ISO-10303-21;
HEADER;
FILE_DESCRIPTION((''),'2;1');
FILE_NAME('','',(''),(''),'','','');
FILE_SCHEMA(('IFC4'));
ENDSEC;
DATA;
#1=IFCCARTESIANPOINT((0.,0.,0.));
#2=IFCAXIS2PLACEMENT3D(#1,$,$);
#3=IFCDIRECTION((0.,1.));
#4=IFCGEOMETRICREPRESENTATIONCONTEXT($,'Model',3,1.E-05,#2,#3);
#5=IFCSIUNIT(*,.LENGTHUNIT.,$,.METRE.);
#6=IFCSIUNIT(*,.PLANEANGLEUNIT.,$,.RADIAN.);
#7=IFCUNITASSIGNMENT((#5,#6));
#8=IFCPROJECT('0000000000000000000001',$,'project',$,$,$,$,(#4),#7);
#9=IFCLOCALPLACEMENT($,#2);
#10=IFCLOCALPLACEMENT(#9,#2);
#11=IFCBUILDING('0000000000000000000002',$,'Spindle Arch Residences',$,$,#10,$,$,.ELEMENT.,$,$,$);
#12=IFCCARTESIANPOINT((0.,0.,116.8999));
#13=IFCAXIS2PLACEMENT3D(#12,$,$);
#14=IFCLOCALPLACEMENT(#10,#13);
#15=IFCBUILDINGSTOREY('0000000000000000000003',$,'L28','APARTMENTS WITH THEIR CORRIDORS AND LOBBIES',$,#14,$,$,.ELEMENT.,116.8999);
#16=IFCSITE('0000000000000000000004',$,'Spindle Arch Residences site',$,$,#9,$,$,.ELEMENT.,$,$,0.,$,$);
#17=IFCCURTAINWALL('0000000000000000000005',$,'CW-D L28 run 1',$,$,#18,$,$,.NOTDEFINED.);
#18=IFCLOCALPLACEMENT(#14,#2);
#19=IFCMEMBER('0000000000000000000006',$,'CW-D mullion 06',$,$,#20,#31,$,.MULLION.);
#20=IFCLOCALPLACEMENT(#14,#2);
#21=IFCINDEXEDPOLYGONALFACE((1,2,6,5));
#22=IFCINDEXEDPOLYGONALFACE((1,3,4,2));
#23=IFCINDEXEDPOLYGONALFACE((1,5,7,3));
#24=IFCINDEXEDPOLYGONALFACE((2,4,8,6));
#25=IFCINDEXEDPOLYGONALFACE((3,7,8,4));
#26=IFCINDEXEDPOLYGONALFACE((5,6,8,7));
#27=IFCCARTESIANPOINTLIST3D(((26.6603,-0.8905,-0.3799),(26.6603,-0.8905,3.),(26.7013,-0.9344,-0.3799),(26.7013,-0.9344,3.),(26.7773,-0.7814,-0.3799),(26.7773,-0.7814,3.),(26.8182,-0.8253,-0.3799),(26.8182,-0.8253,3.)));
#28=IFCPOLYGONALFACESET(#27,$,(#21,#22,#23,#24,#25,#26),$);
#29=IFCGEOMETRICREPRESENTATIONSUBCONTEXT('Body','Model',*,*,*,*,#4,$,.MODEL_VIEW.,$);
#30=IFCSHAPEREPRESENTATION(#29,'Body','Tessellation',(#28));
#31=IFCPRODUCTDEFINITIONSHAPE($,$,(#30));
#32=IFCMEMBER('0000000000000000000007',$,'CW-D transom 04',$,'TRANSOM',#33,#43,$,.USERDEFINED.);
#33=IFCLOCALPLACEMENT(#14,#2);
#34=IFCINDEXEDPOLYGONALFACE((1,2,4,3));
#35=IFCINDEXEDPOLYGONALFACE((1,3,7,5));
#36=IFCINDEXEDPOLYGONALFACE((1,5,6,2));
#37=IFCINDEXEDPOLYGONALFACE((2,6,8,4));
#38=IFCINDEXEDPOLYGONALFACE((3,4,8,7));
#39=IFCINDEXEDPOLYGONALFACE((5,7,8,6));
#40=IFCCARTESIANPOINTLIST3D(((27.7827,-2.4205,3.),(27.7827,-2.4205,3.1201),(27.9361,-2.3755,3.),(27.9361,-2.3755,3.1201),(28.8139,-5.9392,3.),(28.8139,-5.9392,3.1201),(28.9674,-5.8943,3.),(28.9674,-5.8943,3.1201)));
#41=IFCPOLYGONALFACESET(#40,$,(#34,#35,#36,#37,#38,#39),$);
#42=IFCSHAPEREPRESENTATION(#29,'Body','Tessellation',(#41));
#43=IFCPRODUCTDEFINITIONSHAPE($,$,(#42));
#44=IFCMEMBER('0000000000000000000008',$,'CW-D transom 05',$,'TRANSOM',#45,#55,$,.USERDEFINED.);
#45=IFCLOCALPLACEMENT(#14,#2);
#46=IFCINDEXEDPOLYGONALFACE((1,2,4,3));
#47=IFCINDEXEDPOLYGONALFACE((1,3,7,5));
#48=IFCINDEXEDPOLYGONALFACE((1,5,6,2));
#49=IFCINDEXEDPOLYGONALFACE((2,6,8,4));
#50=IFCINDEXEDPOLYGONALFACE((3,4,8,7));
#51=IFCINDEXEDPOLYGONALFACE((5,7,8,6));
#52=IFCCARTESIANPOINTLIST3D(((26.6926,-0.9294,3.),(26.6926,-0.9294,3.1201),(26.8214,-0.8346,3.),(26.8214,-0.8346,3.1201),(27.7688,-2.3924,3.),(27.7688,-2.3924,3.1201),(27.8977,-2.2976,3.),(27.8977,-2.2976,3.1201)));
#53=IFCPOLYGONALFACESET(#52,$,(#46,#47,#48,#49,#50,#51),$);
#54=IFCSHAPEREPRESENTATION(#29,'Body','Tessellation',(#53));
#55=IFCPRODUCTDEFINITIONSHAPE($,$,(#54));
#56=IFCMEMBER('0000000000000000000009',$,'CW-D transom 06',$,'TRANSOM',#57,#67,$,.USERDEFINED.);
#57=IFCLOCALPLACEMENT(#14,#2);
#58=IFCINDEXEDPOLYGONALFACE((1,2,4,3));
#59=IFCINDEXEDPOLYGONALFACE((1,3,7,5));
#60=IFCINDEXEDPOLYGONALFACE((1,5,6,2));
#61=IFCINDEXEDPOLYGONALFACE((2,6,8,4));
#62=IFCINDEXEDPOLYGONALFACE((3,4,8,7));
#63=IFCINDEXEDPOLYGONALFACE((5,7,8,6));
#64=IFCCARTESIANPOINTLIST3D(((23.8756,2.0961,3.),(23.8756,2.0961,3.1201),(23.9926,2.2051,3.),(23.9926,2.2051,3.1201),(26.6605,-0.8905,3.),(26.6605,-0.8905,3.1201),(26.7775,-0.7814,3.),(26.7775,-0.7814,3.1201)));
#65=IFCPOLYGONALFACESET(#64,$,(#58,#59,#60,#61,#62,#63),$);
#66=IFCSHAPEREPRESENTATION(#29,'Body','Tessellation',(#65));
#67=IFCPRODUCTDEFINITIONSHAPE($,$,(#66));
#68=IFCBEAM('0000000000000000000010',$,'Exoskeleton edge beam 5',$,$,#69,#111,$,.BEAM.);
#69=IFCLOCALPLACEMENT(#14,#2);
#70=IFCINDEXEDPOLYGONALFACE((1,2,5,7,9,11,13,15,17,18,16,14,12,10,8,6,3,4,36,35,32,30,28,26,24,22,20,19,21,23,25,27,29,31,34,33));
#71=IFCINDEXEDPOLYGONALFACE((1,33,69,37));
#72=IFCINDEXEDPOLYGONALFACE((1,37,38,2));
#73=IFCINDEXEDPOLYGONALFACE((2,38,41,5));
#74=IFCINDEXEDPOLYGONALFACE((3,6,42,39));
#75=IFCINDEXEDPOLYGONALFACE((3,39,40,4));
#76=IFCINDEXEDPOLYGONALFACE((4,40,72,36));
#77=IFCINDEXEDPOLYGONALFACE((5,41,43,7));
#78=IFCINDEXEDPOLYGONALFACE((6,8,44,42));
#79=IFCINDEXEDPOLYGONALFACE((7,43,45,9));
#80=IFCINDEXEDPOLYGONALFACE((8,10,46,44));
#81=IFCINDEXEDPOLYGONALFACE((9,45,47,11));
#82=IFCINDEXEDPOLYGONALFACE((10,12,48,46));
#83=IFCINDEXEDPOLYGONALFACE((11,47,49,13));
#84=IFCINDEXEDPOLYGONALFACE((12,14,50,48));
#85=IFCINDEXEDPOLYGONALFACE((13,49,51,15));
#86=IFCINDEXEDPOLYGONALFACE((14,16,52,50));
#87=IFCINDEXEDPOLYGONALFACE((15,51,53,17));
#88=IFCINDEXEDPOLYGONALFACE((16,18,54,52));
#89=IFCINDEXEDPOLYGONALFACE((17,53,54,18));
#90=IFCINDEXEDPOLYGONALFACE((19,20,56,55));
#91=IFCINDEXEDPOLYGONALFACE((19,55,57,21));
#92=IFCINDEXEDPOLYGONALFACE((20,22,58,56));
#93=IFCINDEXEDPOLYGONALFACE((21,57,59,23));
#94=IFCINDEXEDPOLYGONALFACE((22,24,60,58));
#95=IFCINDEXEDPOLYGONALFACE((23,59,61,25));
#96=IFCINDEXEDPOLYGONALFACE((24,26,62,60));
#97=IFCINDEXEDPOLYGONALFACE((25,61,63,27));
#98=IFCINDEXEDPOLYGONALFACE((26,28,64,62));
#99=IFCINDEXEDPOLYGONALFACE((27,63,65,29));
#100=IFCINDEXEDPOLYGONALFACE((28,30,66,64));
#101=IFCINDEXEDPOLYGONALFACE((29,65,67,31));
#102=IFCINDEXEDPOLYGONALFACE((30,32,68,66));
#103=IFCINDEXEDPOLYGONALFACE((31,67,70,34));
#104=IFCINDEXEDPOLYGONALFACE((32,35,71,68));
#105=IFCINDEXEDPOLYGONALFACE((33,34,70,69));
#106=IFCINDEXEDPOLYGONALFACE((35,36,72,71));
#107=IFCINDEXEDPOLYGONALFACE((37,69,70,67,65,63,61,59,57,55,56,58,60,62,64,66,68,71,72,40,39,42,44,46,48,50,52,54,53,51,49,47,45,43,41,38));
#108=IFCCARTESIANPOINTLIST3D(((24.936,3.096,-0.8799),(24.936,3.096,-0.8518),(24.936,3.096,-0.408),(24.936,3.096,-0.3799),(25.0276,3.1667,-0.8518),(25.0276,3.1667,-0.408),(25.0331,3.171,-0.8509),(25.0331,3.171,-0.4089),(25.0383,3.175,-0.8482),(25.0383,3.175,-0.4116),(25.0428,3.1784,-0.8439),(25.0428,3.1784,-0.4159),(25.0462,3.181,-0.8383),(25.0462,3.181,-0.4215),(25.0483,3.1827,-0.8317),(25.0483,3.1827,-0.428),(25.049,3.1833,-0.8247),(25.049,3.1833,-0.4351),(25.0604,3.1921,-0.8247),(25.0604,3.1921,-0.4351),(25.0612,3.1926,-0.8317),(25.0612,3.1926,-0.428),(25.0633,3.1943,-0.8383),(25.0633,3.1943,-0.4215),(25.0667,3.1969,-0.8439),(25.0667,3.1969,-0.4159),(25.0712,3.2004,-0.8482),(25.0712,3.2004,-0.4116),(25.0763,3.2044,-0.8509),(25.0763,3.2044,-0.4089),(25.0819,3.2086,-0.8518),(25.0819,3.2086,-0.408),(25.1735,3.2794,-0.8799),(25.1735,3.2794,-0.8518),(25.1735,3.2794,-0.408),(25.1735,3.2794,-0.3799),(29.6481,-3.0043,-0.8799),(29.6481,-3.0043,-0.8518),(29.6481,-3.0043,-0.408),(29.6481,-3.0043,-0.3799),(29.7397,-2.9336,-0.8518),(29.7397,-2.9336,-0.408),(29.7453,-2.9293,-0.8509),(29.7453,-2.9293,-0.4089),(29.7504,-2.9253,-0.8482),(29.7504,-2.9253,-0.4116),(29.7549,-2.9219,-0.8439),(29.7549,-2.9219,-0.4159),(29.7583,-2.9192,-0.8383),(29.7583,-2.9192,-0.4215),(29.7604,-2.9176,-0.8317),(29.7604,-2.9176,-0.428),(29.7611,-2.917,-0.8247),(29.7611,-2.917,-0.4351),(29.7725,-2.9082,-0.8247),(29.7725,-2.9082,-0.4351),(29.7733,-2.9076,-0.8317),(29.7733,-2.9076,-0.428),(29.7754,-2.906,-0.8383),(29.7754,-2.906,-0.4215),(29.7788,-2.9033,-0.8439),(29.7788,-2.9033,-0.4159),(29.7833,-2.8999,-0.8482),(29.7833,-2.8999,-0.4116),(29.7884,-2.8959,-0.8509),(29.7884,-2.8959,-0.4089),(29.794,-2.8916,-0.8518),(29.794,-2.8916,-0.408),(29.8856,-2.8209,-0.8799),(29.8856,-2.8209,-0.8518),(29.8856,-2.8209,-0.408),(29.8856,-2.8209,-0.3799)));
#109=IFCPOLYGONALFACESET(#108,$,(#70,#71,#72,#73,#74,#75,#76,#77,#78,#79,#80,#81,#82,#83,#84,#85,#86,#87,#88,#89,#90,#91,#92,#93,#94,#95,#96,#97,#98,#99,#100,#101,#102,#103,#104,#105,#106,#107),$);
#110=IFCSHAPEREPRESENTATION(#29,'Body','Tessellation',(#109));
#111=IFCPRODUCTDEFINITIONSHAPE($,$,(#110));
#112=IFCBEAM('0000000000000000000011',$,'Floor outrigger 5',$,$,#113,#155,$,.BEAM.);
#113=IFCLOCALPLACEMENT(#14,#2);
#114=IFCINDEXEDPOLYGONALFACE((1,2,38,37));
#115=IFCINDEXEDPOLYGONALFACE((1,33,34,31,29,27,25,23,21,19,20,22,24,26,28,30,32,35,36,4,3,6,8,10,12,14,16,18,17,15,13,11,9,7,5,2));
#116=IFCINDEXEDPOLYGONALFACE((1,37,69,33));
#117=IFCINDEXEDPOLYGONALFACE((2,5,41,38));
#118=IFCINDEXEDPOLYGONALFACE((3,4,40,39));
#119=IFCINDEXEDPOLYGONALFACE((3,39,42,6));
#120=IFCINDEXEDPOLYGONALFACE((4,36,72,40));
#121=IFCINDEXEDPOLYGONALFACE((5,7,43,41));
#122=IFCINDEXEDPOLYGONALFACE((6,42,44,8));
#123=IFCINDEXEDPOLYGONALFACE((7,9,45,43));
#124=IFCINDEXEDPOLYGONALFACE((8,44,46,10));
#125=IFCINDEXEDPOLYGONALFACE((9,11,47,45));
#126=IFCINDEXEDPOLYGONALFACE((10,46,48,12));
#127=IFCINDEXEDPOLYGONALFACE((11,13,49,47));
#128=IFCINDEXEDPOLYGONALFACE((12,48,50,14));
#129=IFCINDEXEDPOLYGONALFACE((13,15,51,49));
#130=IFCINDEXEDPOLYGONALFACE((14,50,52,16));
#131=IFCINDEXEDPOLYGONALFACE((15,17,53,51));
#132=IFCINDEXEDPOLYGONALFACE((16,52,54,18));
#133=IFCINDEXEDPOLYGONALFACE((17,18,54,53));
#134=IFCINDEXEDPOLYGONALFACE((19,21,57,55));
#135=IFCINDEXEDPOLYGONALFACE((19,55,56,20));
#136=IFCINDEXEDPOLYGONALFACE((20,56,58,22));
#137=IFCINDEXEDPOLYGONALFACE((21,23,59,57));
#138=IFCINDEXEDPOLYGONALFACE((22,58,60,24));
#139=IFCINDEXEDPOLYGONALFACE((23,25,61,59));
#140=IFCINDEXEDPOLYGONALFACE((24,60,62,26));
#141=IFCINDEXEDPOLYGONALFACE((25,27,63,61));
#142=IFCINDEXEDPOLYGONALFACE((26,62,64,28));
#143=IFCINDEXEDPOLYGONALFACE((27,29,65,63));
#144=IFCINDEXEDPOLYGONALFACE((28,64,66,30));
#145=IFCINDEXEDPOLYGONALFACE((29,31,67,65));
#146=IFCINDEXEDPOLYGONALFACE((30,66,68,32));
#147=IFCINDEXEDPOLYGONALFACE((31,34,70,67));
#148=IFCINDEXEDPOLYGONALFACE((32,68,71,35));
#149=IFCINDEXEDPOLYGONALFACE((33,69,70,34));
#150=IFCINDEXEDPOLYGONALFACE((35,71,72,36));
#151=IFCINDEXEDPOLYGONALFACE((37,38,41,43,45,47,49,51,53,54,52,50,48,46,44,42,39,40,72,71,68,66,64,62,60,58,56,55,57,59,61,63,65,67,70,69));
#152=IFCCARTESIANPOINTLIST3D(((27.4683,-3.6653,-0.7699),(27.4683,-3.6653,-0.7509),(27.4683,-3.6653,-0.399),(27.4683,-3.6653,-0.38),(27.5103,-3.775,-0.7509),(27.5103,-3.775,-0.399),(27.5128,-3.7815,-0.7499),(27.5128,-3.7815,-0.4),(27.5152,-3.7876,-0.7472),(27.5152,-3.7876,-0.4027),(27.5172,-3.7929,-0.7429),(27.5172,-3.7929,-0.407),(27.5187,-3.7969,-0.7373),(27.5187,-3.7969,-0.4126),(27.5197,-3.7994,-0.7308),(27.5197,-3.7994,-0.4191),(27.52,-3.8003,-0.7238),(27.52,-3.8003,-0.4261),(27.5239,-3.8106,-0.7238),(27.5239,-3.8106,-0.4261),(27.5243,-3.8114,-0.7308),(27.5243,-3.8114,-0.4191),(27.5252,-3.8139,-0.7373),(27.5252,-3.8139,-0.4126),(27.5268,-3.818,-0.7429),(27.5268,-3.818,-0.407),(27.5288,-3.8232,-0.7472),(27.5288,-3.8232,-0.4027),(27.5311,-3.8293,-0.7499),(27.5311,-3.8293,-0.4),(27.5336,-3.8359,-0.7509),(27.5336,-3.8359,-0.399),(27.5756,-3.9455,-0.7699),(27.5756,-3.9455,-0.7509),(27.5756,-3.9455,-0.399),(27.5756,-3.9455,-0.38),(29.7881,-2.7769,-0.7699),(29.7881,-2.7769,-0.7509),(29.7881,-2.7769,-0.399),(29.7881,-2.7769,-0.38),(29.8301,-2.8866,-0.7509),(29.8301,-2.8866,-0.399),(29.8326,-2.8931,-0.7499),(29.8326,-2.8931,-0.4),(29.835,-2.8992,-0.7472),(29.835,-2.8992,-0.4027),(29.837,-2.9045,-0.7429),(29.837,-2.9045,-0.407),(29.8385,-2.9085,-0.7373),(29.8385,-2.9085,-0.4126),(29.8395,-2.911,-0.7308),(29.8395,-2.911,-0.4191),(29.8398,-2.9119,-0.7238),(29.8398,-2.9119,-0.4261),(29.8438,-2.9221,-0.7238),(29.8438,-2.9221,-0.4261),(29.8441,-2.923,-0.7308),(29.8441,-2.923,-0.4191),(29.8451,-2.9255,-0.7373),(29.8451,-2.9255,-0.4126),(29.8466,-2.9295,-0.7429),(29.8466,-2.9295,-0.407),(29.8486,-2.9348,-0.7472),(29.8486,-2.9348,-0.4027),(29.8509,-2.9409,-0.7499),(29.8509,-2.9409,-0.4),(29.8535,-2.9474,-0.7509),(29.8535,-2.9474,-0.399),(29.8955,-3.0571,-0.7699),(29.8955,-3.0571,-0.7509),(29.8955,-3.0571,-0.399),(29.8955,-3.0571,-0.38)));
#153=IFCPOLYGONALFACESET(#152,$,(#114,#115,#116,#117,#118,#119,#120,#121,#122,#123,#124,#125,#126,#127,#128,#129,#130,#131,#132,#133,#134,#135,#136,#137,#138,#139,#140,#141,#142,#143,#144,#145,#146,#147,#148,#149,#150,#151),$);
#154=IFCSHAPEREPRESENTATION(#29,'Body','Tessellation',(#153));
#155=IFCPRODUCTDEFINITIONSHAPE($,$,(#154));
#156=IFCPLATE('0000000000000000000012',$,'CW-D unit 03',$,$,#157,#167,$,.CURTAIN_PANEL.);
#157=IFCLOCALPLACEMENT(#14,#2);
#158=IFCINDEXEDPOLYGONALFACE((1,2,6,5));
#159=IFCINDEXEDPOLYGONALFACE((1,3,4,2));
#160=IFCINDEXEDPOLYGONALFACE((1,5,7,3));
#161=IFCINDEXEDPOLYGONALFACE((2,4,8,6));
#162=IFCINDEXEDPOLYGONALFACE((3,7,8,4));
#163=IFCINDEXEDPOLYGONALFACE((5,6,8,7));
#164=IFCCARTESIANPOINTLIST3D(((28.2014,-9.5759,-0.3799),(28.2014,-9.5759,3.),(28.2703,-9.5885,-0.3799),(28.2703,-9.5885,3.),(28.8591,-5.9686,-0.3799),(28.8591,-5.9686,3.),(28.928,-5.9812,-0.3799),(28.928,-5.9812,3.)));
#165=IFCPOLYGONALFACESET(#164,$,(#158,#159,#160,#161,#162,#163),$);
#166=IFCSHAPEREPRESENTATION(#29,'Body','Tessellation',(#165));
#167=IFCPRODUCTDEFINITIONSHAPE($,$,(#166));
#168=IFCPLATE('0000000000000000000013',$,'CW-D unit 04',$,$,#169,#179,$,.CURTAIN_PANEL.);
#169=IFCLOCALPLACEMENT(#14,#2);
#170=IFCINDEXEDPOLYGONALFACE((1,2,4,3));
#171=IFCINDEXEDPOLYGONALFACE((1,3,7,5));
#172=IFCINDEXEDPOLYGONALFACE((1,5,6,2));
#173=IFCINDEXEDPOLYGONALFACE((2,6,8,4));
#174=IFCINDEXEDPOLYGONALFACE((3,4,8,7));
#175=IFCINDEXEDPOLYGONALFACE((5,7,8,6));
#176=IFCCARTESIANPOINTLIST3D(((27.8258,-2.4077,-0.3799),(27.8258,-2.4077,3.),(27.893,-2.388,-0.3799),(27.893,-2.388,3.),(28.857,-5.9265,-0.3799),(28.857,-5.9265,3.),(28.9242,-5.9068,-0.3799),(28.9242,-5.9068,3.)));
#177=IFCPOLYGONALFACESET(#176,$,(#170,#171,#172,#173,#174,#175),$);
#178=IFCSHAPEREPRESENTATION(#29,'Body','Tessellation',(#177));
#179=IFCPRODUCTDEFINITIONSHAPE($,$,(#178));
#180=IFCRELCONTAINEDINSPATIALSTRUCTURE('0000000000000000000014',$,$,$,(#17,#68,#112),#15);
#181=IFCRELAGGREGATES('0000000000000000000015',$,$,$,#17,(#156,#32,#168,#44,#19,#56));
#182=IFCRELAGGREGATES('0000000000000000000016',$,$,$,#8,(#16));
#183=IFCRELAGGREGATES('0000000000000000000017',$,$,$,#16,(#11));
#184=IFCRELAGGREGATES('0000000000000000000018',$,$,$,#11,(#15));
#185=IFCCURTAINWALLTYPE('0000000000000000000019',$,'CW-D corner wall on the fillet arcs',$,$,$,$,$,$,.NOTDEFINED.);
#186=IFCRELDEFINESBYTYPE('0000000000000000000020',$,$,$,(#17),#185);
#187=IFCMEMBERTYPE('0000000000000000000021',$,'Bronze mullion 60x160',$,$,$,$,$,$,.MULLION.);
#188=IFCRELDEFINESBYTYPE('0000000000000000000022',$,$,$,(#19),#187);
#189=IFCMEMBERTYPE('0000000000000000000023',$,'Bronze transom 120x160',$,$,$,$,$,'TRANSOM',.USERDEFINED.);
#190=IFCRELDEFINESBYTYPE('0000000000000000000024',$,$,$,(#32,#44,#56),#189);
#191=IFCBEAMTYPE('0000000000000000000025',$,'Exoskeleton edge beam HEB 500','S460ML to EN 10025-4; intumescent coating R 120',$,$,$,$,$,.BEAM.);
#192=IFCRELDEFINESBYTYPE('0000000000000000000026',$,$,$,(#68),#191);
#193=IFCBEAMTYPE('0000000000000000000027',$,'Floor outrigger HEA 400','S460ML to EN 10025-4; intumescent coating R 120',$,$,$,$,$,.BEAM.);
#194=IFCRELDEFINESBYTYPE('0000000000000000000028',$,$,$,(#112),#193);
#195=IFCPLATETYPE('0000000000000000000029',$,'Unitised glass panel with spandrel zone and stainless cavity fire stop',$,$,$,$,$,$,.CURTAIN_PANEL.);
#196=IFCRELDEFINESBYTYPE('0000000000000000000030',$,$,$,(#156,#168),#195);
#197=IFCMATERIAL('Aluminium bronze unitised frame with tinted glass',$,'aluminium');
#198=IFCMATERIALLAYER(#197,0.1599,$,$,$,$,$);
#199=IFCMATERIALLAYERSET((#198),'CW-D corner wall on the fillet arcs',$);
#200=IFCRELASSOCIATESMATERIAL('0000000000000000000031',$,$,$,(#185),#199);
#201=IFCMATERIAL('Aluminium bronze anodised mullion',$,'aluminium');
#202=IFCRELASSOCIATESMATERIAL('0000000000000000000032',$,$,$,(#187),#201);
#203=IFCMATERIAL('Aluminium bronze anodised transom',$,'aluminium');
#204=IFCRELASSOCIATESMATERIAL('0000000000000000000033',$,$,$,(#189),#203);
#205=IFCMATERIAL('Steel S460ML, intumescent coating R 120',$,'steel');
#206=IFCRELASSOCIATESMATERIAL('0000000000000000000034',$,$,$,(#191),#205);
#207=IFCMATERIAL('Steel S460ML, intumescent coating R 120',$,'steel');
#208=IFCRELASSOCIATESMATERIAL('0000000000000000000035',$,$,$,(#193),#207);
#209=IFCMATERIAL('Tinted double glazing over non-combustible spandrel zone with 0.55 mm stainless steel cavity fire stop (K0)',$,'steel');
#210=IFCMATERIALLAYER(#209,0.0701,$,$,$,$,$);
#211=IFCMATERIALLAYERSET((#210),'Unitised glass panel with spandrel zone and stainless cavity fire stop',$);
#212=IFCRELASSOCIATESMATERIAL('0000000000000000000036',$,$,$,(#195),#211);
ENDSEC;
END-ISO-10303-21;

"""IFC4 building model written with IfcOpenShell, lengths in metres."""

from ifc_helpers import new_model, si_unit, direction, frame, origin, origin_2d, place, context, subcontext, project, spatial, rectangle, i_section, extrude, material, layer, layer_set, material_profile, profile_set, type_object, element, aggregate, save


model = new_model("IFC4")

# Units and contexts
model_context = context("Model", 3, precision=1e-05, world=origin(), true_north=direction((0.0, 1.0)))
body_context = subcontext(model_context, "Body", "Model", "MODEL_VIEW")
ifc_project = project(units=[si_unit("LENGTHUNIT", "METRE"), si_unit("PLANEANGLEUNIT", "RADIAN")], contexts=[model_context])

# Site, building, storey
site_placement = place(None, origin())
site = spatial("IfcSite", under=ifc_project, at=site_placement, Name="Spindle Arch Residences site", CompositionType="ELEMENT", RefElevation=0.0)
building_placement = place(site_placement, origin())
building = spatial("IfcBuilding", under=site, at=building_placement, Name="Spindle Arch Residences", CompositionType="ELEMENT")
storey_placement = place(building_placement, frame((0.0, 0.0, 116.8999)))
storey = spatial("IfcBuildingStorey", under=building, at=storey_placement, Name="L28", Description="APARTMENTS WITH THEIR CORRIDORS AND LOBBIES", CompositionType="ELEMENT", Elevation=116.8999)

# Curtain wall, members
ifc_material_1 = material(Name="Aluminium bronze unitised frame with tinted glass", Category="aluminium")
ifc_layer_1 = layer(ifc_material_1, 0.1599)
ifc_layer_set_1 = layer_set([ifc_layer_1], Name="CW-D corner wall on the fillet arcs")
curtain_wall_type = type_object("IfcCurtainWallType", Name="CW-D corner wall on the fillet arcs", PredefinedType="NOTDEFINED", material=ifc_layer_set_1)
curtain_wall_placement = place(storey_placement, origin())
curtain_wall = element("IfcCurtainWall", 1, at=curtain_wall_placement, inside=storey, type_object=curtain_wall_type, Name="CW-D L28 run 1", PredefinedType="NOTDEFINED")
ifc_material_2 = material(Name="Aluminium bronze anodised mullion", Category="aluminium")
ifc_material_profile_1 = material_profile(ifc_material_2, rectangle(XDim=0.1599, YDim=0.0601, at=origin_2d()), Name="MU 60x160")
ifc_profile_set_1 = profile_set([ifc_material_profile_1], Name="Aluminium bronze anodised mullion")
member_type_1 = type_object("IfcMemberType", Name="Bronze mullion 60x160", PredefinedType="MULLION", material=ifc_profile_set_1)
member_1_placement = place(storey_placement, frame((26.7393, -0.8579, -0.3799), z_axis=(0.0, 0.0, 1.0), x_axis=(-0.731354, -0.681998, 0.0)))
member_1 = element("IfcMember", 2, at=member_1_placement, type_object=member_type_1, Name="CW-D mullion 06", PredefinedType="MULLION", context=body_context, shape_type="SweptSolid", body=[
    extrude(rectangle(XDim=0.1599, YDim=0.0601, at=origin_2d()), origin(), (0.0, 0.0, 1.0), 3.3799),
])
ifc_material_3 = material(Name="Aluminium bronze anodised transom", Category="aluminium")
ifc_material_profile_2 = material_profile(ifc_material_3, rectangle(XDim=0.1599, YDim=0.1201, at=origin_2d()), Name="TR 120x160")
ifc_profile_set_2 = profile_set([ifc_material_profile_2], Name="Aluminium bronze anodised transom")
member_type_2 = type_object("IfcMemberType", Name="Bronze transom 120x160", ElementType="TRANSOM", PredefinedType="USERDEFINED", material=ifc_profile_set_2)
member_2_placement = place(storey_placement, frame((28.8906, -5.9167, 3.0601), z_axis=(-0.28124, 0.959638, 0.0), x_axis=(-0.959638, -0.28124, 0.0)))
member_2 = element("IfcMember", 3, at=member_2_placement, type_object=member_type_2, Name="CW-D transom 04", ObjectType="TRANSOM", PredefinedType="USERDEFINED", context=body_context, shape_type="SweptSolid", body=[
    extrude(rectangle(XDim=0.1599, YDim=0.1201, at=origin_2d()), origin(), (0.0, 0.0, 1.0), 3.6667),
])
member_3_placement = place(storey_placement, frame((27.8333, -2.345, 3.0601), z_axis=(-0.592575, 0.805515, 0.0), x_axis=(-0.805515, -0.592575, 0.0)))
member_3 = element("IfcMember", 4, at=member_3_placement, type_object=member_type_2, Name="CW-D transom 05", ObjectType="TRANSOM", PredefinedType="USERDEFINED", context=body_context, shape_type="SweptSolid", body=[
    extrude(rectangle(XDim=0.1599, YDim=0.1201, at=origin_2d()), origin(), (0.0, 0.0, 1.0), 1.8162),
])
member_4_placement = place(storey_placement, frame((26.719, -0.8359, 3.0601), z_axis=(-0.681984, 0.731367, 0.0), x_axis=(-0.731367, -0.681984, 0.0)))
member_4 = element("IfcMember", 5, at=member_4_placement, type_object=member_type_2, Name="CW-D transom 06", ObjectType="TRANSOM", PredefinedType="USERDEFINED", context=body_context, shape_type="SweptSolid", body=[
    extrude(rectangle(XDim=0.1599, YDim=0.1201, at=origin_2d()), origin(), (0.0, 0.0, 1.0), 4.0835),
])

# Beams
ifc_material_4 = material(Name="Steel S460ML, intumescent coating R 120", Category="steel")
ifc_material_profile_3 = material_profile(ifc_material_4, i_section(OverallWidth=0.3, OverallDepth=0.5, WebThickness=0.0144, FlangeThickness=0.0281, FilletRadius=0.0271, at=origin_2d()), Name="HEB 500")
ifc_profile_set_3 = profile_set([ifc_material_profile_3], Name="Steel S460ML, intumescent coating R 120")
beam_type_1 = type_object("IfcBeamType", Name="Exoskeleton edge beam HEB 500", Description="S460ML to EN 10025-4; intumescent coating R 120", PredefinedType="BEAM", material=ifc_profile_set_3)
beam_1_placement = place(storey_placement, frame((29.7668, -2.9126, -0.6299), z_axis=(-0.611306, 0.791394, 0.0), x_axis=(-0.791394, -0.611306, 0.0)))
element("IfcBeam", 6, at=beam_1_placement, inside=storey, type_object=beam_type_1, Name="Exoskeleton edge beam 5", PredefinedType="BEAM", context=body_context, shape_type="SweptSolid", body=[
    extrude(i_section(OverallWidth=0.3, OverallDepth=0.5, WebThickness=0.0144, FlangeThickness=0.0281, FilletRadius=0.0271, at=origin_2d()), origin(), (0.0, 0.0, 1.0), 7.7083),
])
ifc_material_5 = material(Name="Steel S460ML, intumescent coating R 120", Category="steel")
ifc_material_profile_4 = material_profile(ifc_material_5, i_section(OverallWidth=0.3, OverallDepth=0.3899, WebThickness=0.011, FlangeThickness=0.019, FilletRadius=0.0271, at=origin_2d()), Name="HEA 400")
ifc_profile_set_4 = profile_set([ifc_material_profile_4], Name="Steel S460ML, intumescent coating R 120")
beam_type_2 = type_object("IfcBeamType", Name="Floor outrigger HEA 400", Description="S460ML to EN 10025-4; intumescent coating R 120", PredefinedType="BEAM", material=ifc_profile_set_4)
beam_2_placement = place(storey_placement, frame((29.8418, -2.917, -0.575), z_axis=(-0.933859, -0.357642, 0.0), x_axis=(0.357642, -0.933859, 0.0)))
element("IfcBeam", 7, at=beam_2_placement, inside=storey, type_object=beam_type_2, Name="Floor outrigger 5", PredefinedType="BEAM", context=body_context, shape_type="SweptSolid", body=[
    extrude(i_section(OverallWidth=0.3, OverallDepth=0.3899, WebThickness=0.011, FlangeThickness=0.019, FilletRadius=0.0271, at=origin_2d()), origin(), (0.0, 0.0, 1.0), 2.4841),
])

# Plates
ifc_material_6 = material(Name="Tinted double glazing over non-combustible spandrel zone with 0.55 mm stainless steel cavity fire stop (K0)", Category="steel")
ifc_layer_2 = layer(ifc_material_6, 0.0701)
ifc_layer_set_2 = layer_set([ifc_layer_2], Name="Unitised glass panel with spandrel zone and stainless cavity fire stop")
plate_type = type_object("IfcPlateType", Name="Unitised glass panel with spandrel zone and stainless cavity fire stop", PredefinedType="CURTAIN_PANEL", material=ifc_layer_set_2)
plate_1_placement = place(storey_placement, frame((28.5647, -7.7786, -0.3799), z_axis=(0.0, 0.0, 1.0), x_axis=(0.179375, 0.983781, 0.0)))
plate_1 = element("IfcPlate", 8, at=plate_1_placement, type_object=plate_type, Name="CW-D unit 03", PredefinedType="CURTAIN_PANEL", context=body_context, shape_type="SweptSolid", body=[
    extrude(rectangle(XDim=3.6667, YDim=0.0701, at=origin_2d()), origin(), (0.0, 0.0, 1.0), 3.3799),
])
plate_2_placement = place(storey_placement, frame((28.375, -4.1572, -0.3799), z_axis=(0.0, 0.0, 1.0), x_axis=(-0.281225, 0.959642, 0.0)))
plate_2 = element("IfcPlate", 9, at=plate_2_placement, type_object=plate_type, Name="CW-D unit 04", PredefinedType="CURTAIN_PANEL", context=body_context, shape_type="SweptSolid", body=[
    extrude(rectangle(XDim=3.6667, YDim=0.0701, at=origin_2d()), origin(), (0.0, 0.0, 1.0), 3.3799),
])
aggregate(curtain_wall, [plate_1, member_2, plate_2, member_3, member_1, member_4])

save(model, "model.ifc")
